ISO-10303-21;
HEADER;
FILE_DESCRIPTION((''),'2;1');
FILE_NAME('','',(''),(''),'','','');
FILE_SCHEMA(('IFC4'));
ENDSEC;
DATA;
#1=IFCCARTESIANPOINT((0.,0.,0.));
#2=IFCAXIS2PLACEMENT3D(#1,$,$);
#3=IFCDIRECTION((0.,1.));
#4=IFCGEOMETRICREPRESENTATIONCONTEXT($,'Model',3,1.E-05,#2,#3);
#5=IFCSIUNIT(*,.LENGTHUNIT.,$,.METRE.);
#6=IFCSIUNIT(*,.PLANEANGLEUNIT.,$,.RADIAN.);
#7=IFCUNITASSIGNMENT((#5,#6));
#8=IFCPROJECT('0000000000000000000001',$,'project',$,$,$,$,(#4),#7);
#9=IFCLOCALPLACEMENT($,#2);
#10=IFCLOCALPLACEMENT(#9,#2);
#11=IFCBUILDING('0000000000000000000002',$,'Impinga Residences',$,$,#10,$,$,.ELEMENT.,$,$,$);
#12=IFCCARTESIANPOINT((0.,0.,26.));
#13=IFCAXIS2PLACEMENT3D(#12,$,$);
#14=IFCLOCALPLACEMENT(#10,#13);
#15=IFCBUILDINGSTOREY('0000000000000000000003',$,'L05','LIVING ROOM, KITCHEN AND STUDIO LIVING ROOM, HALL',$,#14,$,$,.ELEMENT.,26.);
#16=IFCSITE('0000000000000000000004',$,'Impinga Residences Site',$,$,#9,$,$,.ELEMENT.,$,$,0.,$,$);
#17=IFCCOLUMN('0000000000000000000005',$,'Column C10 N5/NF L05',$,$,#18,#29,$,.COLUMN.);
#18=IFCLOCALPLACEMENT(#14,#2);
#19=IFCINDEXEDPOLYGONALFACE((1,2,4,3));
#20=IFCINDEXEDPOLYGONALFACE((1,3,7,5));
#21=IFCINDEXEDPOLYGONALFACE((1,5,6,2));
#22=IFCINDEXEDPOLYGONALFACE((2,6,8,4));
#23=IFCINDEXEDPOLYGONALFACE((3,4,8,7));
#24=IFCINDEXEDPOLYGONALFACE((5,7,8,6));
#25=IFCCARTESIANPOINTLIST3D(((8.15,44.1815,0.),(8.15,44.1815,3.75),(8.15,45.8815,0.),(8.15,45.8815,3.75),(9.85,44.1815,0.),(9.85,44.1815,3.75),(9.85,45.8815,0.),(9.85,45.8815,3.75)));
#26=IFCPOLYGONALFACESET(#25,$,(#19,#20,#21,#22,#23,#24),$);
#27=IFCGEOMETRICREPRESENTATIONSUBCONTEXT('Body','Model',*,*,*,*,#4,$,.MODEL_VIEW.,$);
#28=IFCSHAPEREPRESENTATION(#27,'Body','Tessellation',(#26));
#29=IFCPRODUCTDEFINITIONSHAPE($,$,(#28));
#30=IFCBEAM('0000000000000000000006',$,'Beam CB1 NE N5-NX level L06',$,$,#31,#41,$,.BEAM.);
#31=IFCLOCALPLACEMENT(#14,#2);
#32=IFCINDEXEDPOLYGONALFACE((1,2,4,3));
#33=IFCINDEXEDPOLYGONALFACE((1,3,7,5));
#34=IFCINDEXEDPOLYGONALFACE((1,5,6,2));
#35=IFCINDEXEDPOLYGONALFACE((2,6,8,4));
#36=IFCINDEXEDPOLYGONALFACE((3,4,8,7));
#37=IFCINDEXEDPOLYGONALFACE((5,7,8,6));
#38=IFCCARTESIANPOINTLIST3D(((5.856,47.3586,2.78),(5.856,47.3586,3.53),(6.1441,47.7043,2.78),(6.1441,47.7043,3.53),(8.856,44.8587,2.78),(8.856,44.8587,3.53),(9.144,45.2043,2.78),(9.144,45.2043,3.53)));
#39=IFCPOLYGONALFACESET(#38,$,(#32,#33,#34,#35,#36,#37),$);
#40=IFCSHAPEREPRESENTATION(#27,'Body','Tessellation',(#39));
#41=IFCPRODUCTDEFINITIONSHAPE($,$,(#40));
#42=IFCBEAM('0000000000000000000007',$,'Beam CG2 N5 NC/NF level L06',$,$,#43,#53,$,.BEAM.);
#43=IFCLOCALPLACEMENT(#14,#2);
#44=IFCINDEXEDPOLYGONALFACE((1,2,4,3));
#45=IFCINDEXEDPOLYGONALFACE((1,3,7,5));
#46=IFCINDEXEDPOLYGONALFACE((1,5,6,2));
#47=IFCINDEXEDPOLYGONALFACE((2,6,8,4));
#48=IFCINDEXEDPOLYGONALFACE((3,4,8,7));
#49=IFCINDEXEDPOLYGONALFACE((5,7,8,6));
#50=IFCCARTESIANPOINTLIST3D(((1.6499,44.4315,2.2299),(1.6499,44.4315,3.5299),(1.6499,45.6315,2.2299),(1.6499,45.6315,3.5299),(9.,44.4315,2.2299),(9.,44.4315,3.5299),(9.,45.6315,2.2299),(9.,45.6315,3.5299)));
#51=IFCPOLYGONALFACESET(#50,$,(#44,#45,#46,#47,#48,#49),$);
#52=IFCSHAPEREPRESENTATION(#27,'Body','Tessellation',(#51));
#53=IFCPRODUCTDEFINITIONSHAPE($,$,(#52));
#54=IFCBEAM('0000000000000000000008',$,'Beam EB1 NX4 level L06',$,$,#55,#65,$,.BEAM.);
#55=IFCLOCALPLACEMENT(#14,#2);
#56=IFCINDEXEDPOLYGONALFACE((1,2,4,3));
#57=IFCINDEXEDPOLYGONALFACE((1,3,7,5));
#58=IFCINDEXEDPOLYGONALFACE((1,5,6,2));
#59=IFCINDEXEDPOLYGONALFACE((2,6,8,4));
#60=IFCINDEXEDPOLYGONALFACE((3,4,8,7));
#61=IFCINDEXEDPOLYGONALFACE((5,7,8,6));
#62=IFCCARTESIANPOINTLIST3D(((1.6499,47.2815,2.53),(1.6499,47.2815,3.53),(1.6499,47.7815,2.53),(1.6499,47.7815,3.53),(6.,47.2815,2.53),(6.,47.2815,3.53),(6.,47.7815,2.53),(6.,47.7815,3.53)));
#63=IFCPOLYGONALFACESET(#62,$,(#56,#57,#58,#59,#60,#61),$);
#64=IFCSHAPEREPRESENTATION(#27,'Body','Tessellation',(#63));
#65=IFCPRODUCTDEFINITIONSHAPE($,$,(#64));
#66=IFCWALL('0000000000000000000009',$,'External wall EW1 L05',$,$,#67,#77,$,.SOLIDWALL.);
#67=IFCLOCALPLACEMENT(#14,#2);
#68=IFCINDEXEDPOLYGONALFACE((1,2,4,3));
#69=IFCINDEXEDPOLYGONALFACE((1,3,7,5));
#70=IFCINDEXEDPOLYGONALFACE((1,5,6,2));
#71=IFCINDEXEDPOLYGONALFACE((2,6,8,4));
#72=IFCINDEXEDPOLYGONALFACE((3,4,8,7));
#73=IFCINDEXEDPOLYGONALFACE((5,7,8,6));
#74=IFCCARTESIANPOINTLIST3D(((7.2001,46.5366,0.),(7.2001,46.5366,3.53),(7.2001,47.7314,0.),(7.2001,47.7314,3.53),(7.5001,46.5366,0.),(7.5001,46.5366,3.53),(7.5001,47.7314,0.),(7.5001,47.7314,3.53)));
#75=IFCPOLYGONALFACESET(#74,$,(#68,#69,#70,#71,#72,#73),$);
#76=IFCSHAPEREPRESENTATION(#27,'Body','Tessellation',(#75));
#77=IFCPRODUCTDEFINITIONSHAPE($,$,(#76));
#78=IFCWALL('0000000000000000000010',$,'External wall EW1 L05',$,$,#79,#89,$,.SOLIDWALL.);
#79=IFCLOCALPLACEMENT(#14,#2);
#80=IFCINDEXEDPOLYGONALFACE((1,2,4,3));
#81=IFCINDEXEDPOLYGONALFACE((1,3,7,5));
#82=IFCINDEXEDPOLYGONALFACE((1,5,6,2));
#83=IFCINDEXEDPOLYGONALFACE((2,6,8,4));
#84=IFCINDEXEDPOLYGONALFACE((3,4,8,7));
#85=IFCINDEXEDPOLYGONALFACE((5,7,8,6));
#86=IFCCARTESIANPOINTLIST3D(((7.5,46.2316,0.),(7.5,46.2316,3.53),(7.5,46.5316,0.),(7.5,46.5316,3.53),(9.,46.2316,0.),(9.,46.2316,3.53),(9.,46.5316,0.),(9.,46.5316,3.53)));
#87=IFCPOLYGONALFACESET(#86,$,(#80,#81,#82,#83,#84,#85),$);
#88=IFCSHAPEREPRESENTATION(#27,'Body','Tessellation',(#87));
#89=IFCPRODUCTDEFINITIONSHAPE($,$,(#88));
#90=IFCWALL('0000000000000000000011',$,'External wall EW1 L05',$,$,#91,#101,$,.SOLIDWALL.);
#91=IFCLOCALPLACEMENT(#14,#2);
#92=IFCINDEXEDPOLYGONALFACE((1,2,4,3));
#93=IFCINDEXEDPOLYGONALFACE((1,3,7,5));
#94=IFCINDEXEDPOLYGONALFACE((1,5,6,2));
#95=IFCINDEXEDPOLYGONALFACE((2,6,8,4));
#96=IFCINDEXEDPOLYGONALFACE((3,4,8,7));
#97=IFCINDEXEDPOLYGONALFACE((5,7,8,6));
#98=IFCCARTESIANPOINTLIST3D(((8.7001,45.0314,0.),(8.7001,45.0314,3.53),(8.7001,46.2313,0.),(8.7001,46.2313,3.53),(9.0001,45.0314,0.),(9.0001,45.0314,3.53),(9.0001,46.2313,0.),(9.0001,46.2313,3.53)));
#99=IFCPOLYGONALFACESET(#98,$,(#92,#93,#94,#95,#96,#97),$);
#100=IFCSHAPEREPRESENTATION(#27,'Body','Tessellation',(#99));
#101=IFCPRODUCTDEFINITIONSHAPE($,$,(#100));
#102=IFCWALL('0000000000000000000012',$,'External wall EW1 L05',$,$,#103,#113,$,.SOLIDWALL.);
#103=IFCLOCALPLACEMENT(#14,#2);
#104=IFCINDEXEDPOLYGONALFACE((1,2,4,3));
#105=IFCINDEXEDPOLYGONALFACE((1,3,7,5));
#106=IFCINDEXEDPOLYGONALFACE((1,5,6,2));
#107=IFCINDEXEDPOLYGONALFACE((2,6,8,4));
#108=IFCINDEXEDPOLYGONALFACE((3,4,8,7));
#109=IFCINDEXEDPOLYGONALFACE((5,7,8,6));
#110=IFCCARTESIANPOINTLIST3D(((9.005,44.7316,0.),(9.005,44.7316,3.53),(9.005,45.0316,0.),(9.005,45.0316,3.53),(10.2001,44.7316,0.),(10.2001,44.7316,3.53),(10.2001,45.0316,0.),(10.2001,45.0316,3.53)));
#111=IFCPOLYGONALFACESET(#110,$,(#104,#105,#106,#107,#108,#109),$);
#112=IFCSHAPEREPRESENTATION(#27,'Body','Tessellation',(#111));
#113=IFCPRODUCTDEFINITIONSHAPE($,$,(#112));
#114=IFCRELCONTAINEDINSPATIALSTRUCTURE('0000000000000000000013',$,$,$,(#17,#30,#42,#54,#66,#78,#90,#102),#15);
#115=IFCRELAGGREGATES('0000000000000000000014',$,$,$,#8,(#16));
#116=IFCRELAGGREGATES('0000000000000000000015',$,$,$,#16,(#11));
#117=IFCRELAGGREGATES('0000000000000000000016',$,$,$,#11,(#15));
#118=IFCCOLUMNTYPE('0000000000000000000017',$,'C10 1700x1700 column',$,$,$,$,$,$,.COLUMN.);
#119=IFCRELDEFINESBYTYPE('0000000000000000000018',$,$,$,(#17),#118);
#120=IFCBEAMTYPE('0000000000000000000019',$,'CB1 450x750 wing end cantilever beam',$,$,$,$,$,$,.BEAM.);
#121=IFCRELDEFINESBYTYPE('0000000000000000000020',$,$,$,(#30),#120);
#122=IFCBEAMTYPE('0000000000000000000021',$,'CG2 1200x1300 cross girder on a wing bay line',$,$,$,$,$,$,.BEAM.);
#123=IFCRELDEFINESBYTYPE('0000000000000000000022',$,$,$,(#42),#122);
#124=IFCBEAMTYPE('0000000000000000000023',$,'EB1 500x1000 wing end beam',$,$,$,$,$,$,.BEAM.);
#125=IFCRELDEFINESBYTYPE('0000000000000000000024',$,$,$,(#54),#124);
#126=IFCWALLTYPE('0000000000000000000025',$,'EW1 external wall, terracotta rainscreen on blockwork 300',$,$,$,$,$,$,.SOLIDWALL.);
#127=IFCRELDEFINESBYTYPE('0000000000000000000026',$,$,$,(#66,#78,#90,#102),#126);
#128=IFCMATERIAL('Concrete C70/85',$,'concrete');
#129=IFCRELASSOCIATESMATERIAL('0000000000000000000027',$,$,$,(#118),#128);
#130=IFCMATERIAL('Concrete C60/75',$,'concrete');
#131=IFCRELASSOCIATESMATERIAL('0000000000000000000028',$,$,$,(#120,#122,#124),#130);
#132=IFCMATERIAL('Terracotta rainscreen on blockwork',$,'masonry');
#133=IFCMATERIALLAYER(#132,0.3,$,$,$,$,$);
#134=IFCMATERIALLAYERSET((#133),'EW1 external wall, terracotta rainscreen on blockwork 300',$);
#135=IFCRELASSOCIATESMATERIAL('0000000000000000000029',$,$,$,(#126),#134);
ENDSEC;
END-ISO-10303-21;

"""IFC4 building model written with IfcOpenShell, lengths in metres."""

from ifc_helpers import new_model, si_unit, direction, frame, frame_2d, origin, origin_2d, place, context, subcontext, project, spatial, rectangle, extrude, material, layer, layer_set, material_profile, profile_set, type_object, element, save


model = new_model("IFC4")

# Units and contexts
model_context = context("Model", 3, precision=1e-05, world=origin(), true_north=direction((0.0, 1.0)))
body_context = subcontext(model_context, "Body", "Model", "MODEL_VIEW")
ifc_project = project(units=[si_unit("LENGTHUNIT", "METRE"), si_unit("PLANEANGLEUNIT", "RADIAN")], contexts=[model_context])

# Site, building, storey
site_placement = place(None, origin())
site = spatial("IfcSite", under=ifc_project, at=site_placement, Name="Impinga Residences Site", CompositionType="ELEMENT", RefElevation=0.0)
building_placement = place(site_placement, origin())
building = spatial("IfcBuilding", under=site, at=building_placement, Name="Impinga Residences", CompositionType="ELEMENT")
storey_placement = place(building_placement, frame((0.0, 0.0, 26.0)))
storey = spatial("IfcBuildingStorey", under=building, at=storey_placement, Name="L05", Description="LIVING ROOM, KITCHEN AND STUDIO LIVING ROOM, HALL", CompositionType="ELEMENT", Elevation=26.0)

# Column
ifc_material_1 = material(Name="Concrete C70/85", Category="concrete")
ifc_material_profile_1 = material_profile(ifc_material_1, rectangle(XDim=1.7, YDim=1.7, at=origin_2d()), Name="RC 1700x1700")
ifc_profile_set_1 = profile_set([ifc_material_profile_1], Name="Concrete C70/85")
column_type = type_object("IfcColumnType", Name="C10 1700x1700 column", PredefinedType="COLUMN", material=ifc_profile_set_1)
column_placement = place(storey_placement, frame((9.0, 45.0315, 0.0), z_axis=(0.0, 0.0, 1.0), x_axis=(1.0, 0.0, 0.0)))
element("IfcColumn", 1, at=column_placement, inside=storey, type_object=column_type, Name="Column C10 N5/NF L05", PredefinedType="COLUMN", context=body_context, shape_type="SweptSolid", body=[
    extrude(rectangle(XDim=1.7, YDim=1.7, at=origin_2d()), origin(), (0.0, 0.0, 1.0), 3.75),
])

# Beams
ifc_material_2 = material(Name="Concrete C60/75", Category="concrete")
ifc_material_profile_2 = material_profile(ifc_material_2, rectangle(XDim=0.45, YDim=0.75, at=origin_2d()), Name="RC 450x750")
ifc_profile_set_2 = profile_set([ifc_material_profile_2], Name="Concrete C60/75")
beam_type_1 = type_object("IfcBeamType", Name="CB1 450x750 wing end cantilever beam", PredefinedType="BEAM", material=ifc_profile_set_2)
beam_1_placement = place(storey_placement, frame((9.0, 45.0315, 3.155), z_axis=(-0.768221, 0.640184, 0.0), x_axis=(-0.640184, -0.768221, 0.0)))
element("IfcBeam", 2, at=beam_1_placement, inside=storey, type_object=beam_type_1, Name="Beam CB1 NE N5-NX level L06", PredefinedType="BEAM", context=body_context, shape_type="SweptSolid", body=[
    extrude(rectangle(XDim=0.45, YDim=0.75, at=origin_2d()), origin(), (0.0, 0.0, 1.0), 3.905),
])
ifc_material_profile_3 = material_profile(ifc_material_2, rectangle(XDim=1.2, YDim=1.3, at=origin_2d()), Name="RC 1200x1300")
ifc_profile_set_3 = profile_set([ifc_material_profile_3], Name="Concrete C60/75")
beam_type_2 = type_object("IfcBeamType", Name="CG2 1200x1300 cross girder on a wing bay line", PredefinedType="BEAM", material=ifc_profile_set_3)
beam_2_placement = place(storey_placement, frame((1.6499, 45.0315, 2.8799), z_axis=(1.0, 0.0, 0.0), x_axis=(0.0, 1.0, 0.0)))
element("IfcBeam", 3, at=beam_2_placement, inside=storey, type_object=beam_type_2, Name="Beam CG2 N5 NC/NF level L06", PredefinedType="BEAM", context=body_context, shape_type="SweptSolid", body=[
    extrude(rectangle(XDim=1.2, YDim=1.3, at=origin_2d()), origin(), (0.0, 0.0, 1.0), 7.3501),
])
ifc_material_profile_4 = material_profile(ifc_material_2, rectangle(XDim=0.5, YDim=1.0, at=origin_2d()), Name="RC 500x1000")
ifc_profile_set_4 = profile_set([ifc_material_profile_4], Name="Concrete C60/75")
beam_type_3 = type_object("IfcBeamType", Name="EB1 500x1000 wing end beam", PredefinedType="BEAM", material=ifc_profile_set_4)
beam_3_placement = place(storey_placement, frame((1.6499, 47.5315, 3.03), z_axis=(1.0, 0.0, 0.0), x_axis=(0.0, 1.0, 0.0)))
element("IfcBeam", 4, at=beam_3_placement, inside=storey, type_object=beam_type_3, Name="Beam EB1 NX4 level L06", PredefinedType="BEAM", context=body_context, shape_type="SweptSolid", body=[
    extrude(rectangle(XDim=0.5, YDim=1.0, at=origin_2d()), origin(), (0.0, 0.0, 1.0), 4.3501),
])

# Walls
ifc_material_3 = material(Name="Terracotta rainscreen on blockwork", Category="masonry")
ifc_layer_1 = layer(ifc_material_3, 0.3)
ifc_layer_set_1 = layer_set([ifc_layer_1], Name="EW1 external wall, terracotta rainscreen on blockwork 300")
wall_type_1 = type_object("IfcWallType", Name="EW1 external wall, terracotta rainscreen on blockwork 300", PredefinedType="SOLIDWALL", material=ifc_layer_set_1)
wall_1_placement = place(storey_placement, frame((7.3501, 47.7314, 0.0), z_axis=(0.0, 0.0, 1.0), x_axis=(0.0, -1.0, 0.0)))
element("IfcWall", 5, at=wall_1_placement, inside=storey, type_object=wall_type_1, Name="External wall EW1 L05", PredefinedType="SOLIDWALL", context=body_context, shape_type="SweptSolid", body=[
    extrude(rectangle(XDim=1.1948, YDim=0.3, at=frame_2d((0.5974, 0.0))), origin(), (0.0, 0.0, 1.0), 3.53),
])
wall_2_placement = place(storey_placement, frame((7.5, 46.3816, 0.0), z_axis=(0.0, 0.0, 1.0), x_axis=(1.0, 0.0, 0.0)))
element("IfcWall", 6, at=wall_2_placement, inside=storey, type_object=wall_type_1, Name="External wall EW1 L05", PredefinedType="SOLIDWALL", context=body_context, shape_type="SweptSolid", body=[
    extrude(rectangle(XDim=1.5, YDim=0.3, at=frame_2d((0.75, 0.0))), origin(), (0.0, 0.0, 1.0), 3.53),
])
wall_3_placement = place(storey_placement, frame((8.8501, 46.2314, 0.0), z_axis=(0.0, 0.0, 1.0), x_axis=(0.0, -1.0, 0.0)))
element("IfcWall", 7, at=wall_3_placement, inside=storey, type_object=wall_type_1, Name="External wall EW1 L05", PredefinedType="SOLIDWALL", context=body_context, shape_type="SweptSolid", body=[
    extrude(rectangle(XDim=1.2, YDim=0.3, at=frame_2d((0.6001, 0.0))), origin(), (0.0, 0.0, 1.0), 3.53),
])
wall_4_placement = place(storey_placement, frame((9.0049, 44.8816, 0.0), z_axis=(0.0, 0.0, 1.0), x_axis=(1.0, 0.0, 0.0)))
element("IfcWall", 8, at=wall_4_placement, inside=storey, type_object=wall_type_1, Name="External wall EW1 L05", PredefinedType="SOLIDWALL", context=body_context, shape_type="SweptSolid", body=[
    extrude(rectangle(XDim=1.1951, YDim=0.3, at=frame_2d((0.5977, 0.0))), origin(), (0.0, 0.0, 1.0), 3.53),
])

save(model, "model.ifc")
